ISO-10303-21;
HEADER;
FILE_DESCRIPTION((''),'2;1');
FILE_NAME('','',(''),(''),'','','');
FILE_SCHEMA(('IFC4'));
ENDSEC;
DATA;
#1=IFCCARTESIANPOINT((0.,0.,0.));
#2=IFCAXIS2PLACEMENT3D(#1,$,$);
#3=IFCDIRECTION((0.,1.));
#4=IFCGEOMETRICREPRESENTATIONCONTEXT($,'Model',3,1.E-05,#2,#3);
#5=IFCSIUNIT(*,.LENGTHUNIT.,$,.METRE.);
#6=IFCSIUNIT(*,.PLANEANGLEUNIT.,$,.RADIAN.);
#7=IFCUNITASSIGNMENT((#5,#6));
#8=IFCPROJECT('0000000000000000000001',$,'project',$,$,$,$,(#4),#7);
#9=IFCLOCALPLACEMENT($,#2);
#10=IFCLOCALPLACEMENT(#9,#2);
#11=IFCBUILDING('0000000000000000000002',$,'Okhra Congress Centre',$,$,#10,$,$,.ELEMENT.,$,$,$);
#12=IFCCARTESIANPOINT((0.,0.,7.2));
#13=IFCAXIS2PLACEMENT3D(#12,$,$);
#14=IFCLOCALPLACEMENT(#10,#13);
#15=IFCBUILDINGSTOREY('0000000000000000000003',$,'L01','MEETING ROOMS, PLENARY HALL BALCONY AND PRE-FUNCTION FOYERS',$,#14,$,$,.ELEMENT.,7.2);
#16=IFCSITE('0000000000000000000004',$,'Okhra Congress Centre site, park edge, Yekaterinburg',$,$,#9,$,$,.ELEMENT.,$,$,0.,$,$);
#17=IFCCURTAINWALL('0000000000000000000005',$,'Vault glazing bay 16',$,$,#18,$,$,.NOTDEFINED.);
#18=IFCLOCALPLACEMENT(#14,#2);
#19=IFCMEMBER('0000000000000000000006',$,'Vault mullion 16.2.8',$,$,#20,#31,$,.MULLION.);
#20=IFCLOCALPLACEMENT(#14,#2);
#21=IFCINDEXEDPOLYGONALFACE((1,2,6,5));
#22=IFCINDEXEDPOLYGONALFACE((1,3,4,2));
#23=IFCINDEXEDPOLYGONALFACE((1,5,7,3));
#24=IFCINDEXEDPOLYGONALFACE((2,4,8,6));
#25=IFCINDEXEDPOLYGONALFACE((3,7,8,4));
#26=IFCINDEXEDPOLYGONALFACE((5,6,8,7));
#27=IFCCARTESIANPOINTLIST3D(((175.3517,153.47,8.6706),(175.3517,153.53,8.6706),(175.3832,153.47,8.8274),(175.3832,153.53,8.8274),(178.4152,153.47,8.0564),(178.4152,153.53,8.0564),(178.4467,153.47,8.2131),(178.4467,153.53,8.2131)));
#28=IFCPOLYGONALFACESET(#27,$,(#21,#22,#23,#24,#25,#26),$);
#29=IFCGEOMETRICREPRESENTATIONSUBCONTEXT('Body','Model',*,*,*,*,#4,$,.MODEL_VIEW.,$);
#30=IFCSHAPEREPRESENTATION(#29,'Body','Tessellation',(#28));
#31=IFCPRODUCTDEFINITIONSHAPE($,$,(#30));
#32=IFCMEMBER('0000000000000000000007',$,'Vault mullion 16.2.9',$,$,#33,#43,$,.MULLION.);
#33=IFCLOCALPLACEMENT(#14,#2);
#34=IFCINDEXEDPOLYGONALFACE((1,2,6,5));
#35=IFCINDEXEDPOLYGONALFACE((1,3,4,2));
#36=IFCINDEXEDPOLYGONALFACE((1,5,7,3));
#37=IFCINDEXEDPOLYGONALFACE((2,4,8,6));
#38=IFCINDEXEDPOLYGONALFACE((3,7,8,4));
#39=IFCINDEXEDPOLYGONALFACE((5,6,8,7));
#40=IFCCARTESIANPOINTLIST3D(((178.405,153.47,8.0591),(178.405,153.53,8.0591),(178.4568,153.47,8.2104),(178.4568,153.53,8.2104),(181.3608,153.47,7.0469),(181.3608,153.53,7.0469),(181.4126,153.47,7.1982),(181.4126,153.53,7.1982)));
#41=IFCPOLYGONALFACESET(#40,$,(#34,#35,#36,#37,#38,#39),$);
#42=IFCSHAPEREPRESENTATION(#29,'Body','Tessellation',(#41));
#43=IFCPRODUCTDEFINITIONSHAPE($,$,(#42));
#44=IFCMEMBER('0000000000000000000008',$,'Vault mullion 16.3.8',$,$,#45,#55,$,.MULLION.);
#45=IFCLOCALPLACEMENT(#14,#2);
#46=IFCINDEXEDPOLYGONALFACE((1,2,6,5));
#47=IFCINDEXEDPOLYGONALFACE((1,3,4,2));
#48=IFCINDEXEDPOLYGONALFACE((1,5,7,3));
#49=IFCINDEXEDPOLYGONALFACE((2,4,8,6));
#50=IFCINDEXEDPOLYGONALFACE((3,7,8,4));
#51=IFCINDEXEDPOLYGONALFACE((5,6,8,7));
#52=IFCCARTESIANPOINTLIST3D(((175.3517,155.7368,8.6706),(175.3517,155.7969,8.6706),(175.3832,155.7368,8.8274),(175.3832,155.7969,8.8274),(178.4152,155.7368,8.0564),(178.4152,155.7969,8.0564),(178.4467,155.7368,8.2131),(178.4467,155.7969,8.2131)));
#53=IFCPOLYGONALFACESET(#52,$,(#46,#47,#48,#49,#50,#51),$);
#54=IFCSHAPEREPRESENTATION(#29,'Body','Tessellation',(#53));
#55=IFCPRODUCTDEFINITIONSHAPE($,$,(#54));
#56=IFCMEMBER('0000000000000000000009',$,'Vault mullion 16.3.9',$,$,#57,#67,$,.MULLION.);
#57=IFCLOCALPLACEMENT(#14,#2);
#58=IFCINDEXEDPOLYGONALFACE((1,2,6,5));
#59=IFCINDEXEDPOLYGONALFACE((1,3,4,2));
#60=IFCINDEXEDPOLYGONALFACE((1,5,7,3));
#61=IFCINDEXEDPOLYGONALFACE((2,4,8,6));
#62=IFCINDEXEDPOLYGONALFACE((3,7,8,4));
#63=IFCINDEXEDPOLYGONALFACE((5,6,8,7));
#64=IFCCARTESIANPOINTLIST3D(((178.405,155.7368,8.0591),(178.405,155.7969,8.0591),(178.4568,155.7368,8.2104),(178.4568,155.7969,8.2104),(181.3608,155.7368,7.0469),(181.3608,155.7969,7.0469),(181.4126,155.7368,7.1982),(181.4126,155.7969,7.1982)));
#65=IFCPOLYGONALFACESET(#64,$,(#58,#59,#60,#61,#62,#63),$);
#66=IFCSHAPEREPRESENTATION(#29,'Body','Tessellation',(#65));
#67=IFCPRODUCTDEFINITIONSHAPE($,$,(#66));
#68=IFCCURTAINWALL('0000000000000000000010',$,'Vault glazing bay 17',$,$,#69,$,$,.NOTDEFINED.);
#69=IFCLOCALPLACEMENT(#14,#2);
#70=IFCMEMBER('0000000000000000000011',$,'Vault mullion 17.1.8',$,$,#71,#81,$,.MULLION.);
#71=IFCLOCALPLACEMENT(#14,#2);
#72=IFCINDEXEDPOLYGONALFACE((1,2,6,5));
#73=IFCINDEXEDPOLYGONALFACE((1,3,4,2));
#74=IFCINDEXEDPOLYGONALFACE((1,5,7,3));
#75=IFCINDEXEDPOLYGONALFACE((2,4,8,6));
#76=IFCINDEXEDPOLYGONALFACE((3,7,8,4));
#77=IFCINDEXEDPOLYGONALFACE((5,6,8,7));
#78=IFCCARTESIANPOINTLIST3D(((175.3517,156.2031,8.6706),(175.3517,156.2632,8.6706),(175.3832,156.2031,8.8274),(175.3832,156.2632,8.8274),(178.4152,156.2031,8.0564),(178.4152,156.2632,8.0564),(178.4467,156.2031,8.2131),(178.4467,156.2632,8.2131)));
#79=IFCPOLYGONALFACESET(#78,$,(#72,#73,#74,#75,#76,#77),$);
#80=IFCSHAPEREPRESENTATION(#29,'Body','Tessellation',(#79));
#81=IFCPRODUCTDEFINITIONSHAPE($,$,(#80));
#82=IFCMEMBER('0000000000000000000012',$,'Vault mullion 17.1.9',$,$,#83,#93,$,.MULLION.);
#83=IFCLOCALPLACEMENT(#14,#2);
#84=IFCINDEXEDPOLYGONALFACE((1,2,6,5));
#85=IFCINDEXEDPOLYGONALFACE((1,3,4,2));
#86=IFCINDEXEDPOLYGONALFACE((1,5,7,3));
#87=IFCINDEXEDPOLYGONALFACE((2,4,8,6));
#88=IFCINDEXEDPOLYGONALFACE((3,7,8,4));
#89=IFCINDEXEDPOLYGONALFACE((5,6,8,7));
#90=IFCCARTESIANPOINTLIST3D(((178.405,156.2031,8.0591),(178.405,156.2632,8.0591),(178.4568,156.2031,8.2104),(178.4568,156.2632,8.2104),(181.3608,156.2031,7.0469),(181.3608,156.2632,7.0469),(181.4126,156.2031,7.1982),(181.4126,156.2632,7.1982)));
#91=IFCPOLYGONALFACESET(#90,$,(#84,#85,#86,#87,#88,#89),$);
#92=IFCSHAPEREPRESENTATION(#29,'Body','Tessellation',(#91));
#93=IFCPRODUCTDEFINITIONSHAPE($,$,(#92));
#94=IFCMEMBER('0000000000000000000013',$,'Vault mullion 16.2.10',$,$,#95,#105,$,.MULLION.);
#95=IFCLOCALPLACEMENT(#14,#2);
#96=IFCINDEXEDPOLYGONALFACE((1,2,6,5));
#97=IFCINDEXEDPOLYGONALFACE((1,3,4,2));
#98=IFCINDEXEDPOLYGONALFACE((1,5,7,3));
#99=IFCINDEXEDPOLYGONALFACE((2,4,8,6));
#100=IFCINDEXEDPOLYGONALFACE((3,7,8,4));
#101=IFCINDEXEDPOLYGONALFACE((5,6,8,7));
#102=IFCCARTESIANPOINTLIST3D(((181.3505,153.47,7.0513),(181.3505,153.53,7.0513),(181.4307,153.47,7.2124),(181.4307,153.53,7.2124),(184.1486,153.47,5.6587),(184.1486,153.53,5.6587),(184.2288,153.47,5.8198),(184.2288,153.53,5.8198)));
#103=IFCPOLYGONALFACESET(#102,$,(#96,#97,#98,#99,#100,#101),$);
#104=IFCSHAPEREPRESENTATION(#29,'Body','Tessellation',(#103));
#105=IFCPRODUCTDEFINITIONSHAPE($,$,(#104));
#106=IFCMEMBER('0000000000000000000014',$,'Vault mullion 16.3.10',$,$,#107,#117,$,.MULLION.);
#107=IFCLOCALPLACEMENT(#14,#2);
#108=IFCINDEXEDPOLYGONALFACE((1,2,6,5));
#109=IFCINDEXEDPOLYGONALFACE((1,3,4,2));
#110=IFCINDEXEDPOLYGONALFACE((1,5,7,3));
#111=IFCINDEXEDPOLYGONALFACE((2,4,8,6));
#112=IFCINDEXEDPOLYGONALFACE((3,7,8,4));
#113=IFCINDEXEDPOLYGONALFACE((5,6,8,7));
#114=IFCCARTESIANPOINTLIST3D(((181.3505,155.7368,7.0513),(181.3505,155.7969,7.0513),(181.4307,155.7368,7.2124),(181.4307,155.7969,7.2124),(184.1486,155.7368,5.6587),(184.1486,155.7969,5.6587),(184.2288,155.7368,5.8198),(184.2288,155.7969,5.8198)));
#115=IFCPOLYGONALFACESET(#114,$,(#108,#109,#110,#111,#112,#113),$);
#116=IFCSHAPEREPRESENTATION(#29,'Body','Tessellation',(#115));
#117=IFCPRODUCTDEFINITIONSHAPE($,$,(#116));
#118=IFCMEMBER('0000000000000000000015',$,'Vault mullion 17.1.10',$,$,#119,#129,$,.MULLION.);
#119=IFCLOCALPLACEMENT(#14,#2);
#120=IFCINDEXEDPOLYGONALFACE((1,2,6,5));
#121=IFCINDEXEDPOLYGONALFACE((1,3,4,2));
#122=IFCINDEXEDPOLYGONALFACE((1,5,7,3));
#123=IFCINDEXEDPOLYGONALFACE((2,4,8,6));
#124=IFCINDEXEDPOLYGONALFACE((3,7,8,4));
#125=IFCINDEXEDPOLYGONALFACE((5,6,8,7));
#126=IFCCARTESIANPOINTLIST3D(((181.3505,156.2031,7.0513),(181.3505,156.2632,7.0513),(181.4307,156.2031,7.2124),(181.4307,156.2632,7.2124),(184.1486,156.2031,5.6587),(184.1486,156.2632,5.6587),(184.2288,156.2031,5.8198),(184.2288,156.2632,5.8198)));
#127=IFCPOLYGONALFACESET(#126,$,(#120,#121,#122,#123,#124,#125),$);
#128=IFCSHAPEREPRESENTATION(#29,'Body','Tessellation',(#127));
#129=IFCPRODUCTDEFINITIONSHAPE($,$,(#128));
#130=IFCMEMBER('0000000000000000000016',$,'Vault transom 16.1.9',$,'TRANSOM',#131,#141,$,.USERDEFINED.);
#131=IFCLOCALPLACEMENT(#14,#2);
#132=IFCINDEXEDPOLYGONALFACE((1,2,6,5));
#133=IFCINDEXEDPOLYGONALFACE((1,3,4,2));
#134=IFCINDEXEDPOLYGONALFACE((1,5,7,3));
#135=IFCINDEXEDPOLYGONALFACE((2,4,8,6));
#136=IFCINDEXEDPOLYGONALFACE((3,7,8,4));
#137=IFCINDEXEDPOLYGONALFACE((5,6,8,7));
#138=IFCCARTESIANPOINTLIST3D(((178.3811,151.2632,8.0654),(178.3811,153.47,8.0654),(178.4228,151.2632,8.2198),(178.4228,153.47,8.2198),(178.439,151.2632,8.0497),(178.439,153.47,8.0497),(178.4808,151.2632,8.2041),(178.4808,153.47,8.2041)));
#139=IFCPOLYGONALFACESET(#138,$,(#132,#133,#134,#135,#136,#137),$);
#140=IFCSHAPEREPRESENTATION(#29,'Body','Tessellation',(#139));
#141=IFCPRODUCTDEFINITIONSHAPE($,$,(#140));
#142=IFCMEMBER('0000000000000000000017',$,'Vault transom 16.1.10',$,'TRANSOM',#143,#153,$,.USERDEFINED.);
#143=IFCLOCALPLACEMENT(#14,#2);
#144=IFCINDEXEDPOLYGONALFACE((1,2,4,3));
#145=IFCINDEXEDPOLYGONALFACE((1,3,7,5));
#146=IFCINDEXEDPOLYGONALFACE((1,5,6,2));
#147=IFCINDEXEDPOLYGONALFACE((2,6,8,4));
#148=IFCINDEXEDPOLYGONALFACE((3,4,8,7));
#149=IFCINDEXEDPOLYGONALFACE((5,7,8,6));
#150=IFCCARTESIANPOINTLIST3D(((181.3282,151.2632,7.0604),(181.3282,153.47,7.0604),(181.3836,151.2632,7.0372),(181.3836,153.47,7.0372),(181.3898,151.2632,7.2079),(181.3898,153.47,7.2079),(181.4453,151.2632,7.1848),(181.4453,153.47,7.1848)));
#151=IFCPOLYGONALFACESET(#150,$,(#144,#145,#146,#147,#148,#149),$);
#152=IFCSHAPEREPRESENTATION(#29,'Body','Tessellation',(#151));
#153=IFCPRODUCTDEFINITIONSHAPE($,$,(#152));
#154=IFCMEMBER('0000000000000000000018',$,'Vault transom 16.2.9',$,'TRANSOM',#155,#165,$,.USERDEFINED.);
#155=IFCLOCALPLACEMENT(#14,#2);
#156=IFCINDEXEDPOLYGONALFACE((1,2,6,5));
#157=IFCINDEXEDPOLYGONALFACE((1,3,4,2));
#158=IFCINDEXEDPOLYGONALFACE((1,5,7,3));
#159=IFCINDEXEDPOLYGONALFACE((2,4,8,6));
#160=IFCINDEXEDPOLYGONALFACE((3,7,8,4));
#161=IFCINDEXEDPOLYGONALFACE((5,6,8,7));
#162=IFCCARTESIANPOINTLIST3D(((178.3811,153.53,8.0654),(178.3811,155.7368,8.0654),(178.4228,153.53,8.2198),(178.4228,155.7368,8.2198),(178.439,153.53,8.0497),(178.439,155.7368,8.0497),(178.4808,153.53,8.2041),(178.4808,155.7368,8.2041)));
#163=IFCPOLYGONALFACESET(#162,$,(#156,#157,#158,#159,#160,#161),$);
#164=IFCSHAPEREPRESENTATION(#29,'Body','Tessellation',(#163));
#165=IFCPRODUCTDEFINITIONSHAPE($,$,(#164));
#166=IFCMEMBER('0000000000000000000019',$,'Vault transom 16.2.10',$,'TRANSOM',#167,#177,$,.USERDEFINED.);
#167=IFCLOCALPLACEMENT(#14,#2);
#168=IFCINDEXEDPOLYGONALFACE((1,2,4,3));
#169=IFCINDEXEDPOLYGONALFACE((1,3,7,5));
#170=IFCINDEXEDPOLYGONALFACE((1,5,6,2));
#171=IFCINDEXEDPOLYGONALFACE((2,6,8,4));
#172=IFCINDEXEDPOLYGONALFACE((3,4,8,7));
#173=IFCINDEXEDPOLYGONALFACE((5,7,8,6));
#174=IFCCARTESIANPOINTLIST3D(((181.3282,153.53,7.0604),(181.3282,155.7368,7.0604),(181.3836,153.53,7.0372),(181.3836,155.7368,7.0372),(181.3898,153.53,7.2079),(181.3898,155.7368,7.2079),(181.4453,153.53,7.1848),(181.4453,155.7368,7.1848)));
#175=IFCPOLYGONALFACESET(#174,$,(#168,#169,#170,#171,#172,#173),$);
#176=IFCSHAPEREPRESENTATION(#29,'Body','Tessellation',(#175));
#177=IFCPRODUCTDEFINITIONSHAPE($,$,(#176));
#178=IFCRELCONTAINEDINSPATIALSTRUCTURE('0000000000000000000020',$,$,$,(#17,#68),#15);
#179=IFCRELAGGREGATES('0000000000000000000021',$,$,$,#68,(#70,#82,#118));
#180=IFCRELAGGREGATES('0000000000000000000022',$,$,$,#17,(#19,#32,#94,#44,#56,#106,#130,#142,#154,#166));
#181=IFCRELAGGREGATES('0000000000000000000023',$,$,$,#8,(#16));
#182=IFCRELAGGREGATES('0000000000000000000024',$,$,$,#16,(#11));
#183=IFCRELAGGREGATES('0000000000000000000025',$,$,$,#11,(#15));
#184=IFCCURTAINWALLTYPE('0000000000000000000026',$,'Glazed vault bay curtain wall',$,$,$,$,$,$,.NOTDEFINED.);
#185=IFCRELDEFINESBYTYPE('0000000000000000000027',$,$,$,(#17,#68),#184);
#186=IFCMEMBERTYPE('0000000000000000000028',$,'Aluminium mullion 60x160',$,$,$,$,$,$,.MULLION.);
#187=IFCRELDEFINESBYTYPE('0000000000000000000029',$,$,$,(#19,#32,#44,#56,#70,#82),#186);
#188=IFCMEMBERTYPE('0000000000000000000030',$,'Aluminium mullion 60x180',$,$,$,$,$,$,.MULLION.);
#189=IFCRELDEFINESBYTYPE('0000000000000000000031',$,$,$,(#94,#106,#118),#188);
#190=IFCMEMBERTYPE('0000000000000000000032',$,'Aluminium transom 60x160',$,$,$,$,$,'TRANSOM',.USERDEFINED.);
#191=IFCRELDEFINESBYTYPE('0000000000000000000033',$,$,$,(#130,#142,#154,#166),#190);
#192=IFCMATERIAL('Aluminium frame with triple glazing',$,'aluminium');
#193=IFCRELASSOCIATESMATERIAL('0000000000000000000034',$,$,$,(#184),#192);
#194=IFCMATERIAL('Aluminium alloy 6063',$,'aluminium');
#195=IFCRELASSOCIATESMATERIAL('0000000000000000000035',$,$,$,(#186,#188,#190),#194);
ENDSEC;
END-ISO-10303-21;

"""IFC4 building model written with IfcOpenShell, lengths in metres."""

from ifc_helpers import new_model, si_unit, direction, frame, origin, origin_2d, place, context, subcontext, project, spatial, rectangle, extrude, material, material_profile, profile_set, type_object, element, aggregate, save


model = new_model("IFC4")

# Units and contexts
model_context = context("Model", 3, precision=1e-05, world=origin(), true_north=direction((0.0, 1.0)))
body_context = subcontext(model_context, "Body", "Model", "MODEL_VIEW")
ifc_project = project(units=[si_unit("LENGTHUNIT", "METRE"), si_unit("PLANEANGLEUNIT", "RADIAN")], contexts=[model_context])

# Site, building, storey
site_placement = place(None, origin())
site = spatial("IfcSite", under=ifc_project, at=site_placement, Name="Okhra Congress Centre site, park edge, Yekaterinburg", CompositionType="ELEMENT", RefElevation=0.0)
building_placement = place(site_placement, origin())
building = spatial("IfcBuilding", under=site, at=building_placement, Name="Okhra Congress Centre", CompositionType="ELEMENT")
storey_placement = place(building_placement, frame((0.0, 0.0, 7.2)))
storey = spatial("IfcBuildingStorey", under=building, at=storey_placement, Name="L01", Description="MEETING ROOMS, PLENARY HALL BALCONY AND PRE-FUNCTION FOYERS", CompositionType="ELEMENT", Elevation=7.2)

# Curtain walls, members
ifc_material_1 = material(Name="Aluminium frame with triple glazing", Category="aluminium")
curtain_wall_type = type_object("IfcCurtainWallType", Name="Glazed vault bay curtain wall", PredefinedType="NOTDEFINED", material=ifc_material_1)
curtain_wall_1_placement = place(storey_placement, origin())
curtain_wall_1 = element("IfcCurtainWall", 1, at=curtain_wall_1_placement, inside=storey, type_object=curtain_wall_type, Name="Vault glazing bay 16", PredefinedType="NOTDEFINED")
ifc_material_2 = material(Name="Aluminium alloy 6063", Category="aluminium")
ifc_material_profile_1 = material_profile(ifc_material_2, rectangle(XDim=0.0601, YDim=0.1599, at=origin_2d()), Name="AL 60x160")
ifc_profile_set_1 = profile_set([ifc_material_profile_1], Name="Aluminium alloy 6063")
member_type_1 = type_object("IfcMemberType", Name="Aluminium mullion 60x160", PredefinedType="MULLION", material=ifc_profile_set_1)
member_1_placement = place(storey_placement, frame((175.3674, 153.5, 8.749), z_axis=(0.980484, 0.0, -0.196597), x_axis=(0.0, 1.0, 0.0)))
member_1 = element("IfcMember", 2, at=member_1_placement, type_object=member_type_1, Name="Vault mullion 16.2.8", PredefinedType="MULLION", context=body_context, shape_type="SweptSolid", body=[
    extrude(rectangle(XDim=0.0601, YDim=0.1599, at=origin_2d()), origin(), (0.0, 0.0, 1.0), 3.1245),
])
member_2_placement = place(storey_placement, frame((178.4309, 153.5, 8.1348), z_axis=(0.946065, 0.0, -0.323977), x_axis=(0.0, 1.0, 0.0)))
member_2 = element("IfcMember", 3, at=member_2_placement, type_object=member_type_1, Name="Vault mullion 16.2.9", PredefinedType="MULLION", context=body_context, shape_type="SweptSolid", body=[
    extrude(rectangle(XDim=0.0601, YDim=0.1599, at=origin_2d()), origin(), (0.0, 0.0, 1.0), 3.1243),
])
member_3_placement = place(storey_placement, frame((175.3674, 155.7668, 8.749), z_axis=(0.980484, 0.0, -0.196597), x_axis=(0.0, 1.0, 0.0)))
member_3 = element("IfcMember", 4, at=member_3_placement, type_object=member_type_1, Name="Vault mullion 16.3.8", PredefinedType="MULLION", context=body_context, shape_type="SweptSolid", body=[
    extrude(rectangle(XDim=0.0601, YDim=0.1599, at=origin_2d()), origin(), (0.0, 0.0, 1.0), 3.1245),
])
member_4_placement = place(storey_placement, frame((178.4309, 155.7668, 8.1348), z_axis=(0.946065, 0.0, -0.323977), x_axis=(0.0, 1.0, 0.0)))
member_4 = element("IfcMember", 5, at=member_4_placement, type_object=member_type_1, Name="Vault mullion 16.3.9", PredefinedType="MULLION", context=body_context, shape_type="SweptSolid", body=[
    extrude(rectangle(XDim=0.0601, YDim=0.1599, at=origin_2d()), origin(), (0.0, 0.0, 1.0), 3.1243),
])
curtain_wall_2_placement = place(storey_placement, origin())
curtain_wall_2 = element("IfcCurtainWall", 6, at=curtain_wall_2_placement, inside=storey, type_object=curtain_wall_type, Name="Vault glazing bay 17", PredefinedType="NOTDEFINED")
member_5_placement = place(storey_placement, frame((175.3674, 156.2332, 8.749), z_axis=(0.980484, 0.0, -0.196597), x_axis=(0.0, 1.0, 0.0)))
member_5 = element("IfcMember", 7, at=member_5_placement, type_object=member_type_1, Name="Vault mullion 17.1.8", PredefinedType="MULLION", context=body_context, shape_type="SweptSolid", body=[
    extrude(rectangle(XDim=0.0601, YDim=0.1599, at=origin_2d()), origin(), (0.0, 0.0, 1.0), 3.1245),
])
member_6_placement = place(storey_placement, frame((178.4309, 156.2332, 8.1348), z_axis=(0.946065, 0.0, -0.323977), x_axis=(0.0, 1.0, 0.0)))
member_6 = element("IfcMember", 8, at=member_6_placement, type_object=member_type_1, Name="Vault mullion 17.1.9", PredefinedType="MULLION", context=body_context, shape_type="SweptSolid", body=[
    extrude(rectangle(XDim=0.0601, YDim=0.1599, at=origin_2d()), origin(), (0.0, 0.0, 1.0), 3.1243),
])

# Members
ifc_material_profile_2 = material_profile(ifc_material_2, rectangle(XDim=0.0601, YDim=0.1799, at=origin_2d()), Name="AL 60x180")
ifc_profile_set_2 = profile_set([ifc_material_profile_2], Name="Aluminium alloy 6063")
member_type_2 = type_object("IfcMemberType", Name="Aluminium mullion 60x180", PredefinedType="MULLION", material=ifc_profile_set_2)
member_7_placement = place(storey_placement, frame((181.3906, 153.5, 7.1318), z_axis=(0.895254, 0.0, -0.445557), x_axis=(0.0, 1.0, 0.0)))
member_7 = element("IfcMember", 9, at=member_7_placement, type_object=member_type_2, Name="Vault mullion 16.2.10", PredefinedType="MULLION", context=body_context, shape_type="SweptSolid", body=[
    extrude(rectangle(XDim=0.0601, YDim=0.1799, at=origin_2d()), origin(), (0.0, 0.0, 1.0), 3.1255),
])
member_8_placement = place(storey_placement, frame((181.3906, 155.7668, 7.1318), z_axis=(0.895254, 0.0, -0.445557), x_axis=(0.0, 1.0, 0.0)))
member_8 = element("IfcMember", 10, at=member_8_placement, type_object=member_type_2, Name="Vault mullion 16.3.10", PredefinedType="MULLION", context=body_context, shape_type="SweptSolid", body=[
    extrude(rectangle(XDim=0.0601, YDim=0.1799, at=origin_2d()), origin(), (0.0, 0.0, 1.0), 3.1255),
])
member_9_placement = place(storey_placement, frame((181.3906, 156.2332, 7.1318), z_axis=(0.895254, 0.0, -0.445557), x_axis=(0.0, 1.0, 0.0)))
member_9 = element("IfcMember", 11, at=member_9_placement, type_object=member_type_2, Name="Vault mullion 17.1.10", PredefinedType="MULLION", context=body_context, shape_type="SweptSolid", body=[
    extrude(rectangle(XDim=0.0601, YDim=0.1799, at=origin_2d()), origin(), (0.0, 0.0, 1.0), 3.1255),
])
aggregate(curtain_wall_2, [member_5, member_6, member_9])
ifc_material_profile_3 = material_profile(ifc_material_2, rectangle(XDim=0.0601, YDim=0.1599, at=origin_2d()), Name="AL 60x160 transom")
ifc_profile_set_3 = profile_set([ifc_material_profile_3], Name="Aluminium alloy 6063")
member_type_3 = type_object("IfcMemberType", Name="Aluminium transom 60x160", ElementType="TRANSOM", PredefinedType="USERDEFINED", material=ifc_profile_set_3)
member_10_placement = place(storey_placement, frame((178.4309, 151.2632, 8.1348), z_axis=(0.0, 1.0, 0.0), x_axis=(-0.96538, 0.0, 0.260848)))
member_10 = element("IfcMember", 12, at=member_10_placement, type_object=member_type_3, Name="Vault transom 16.1.9", ObjectType="TRANSOM", PredefinedType="USERDEFINED", context=body_context, shape_type="SweptSolid", body=[
    extrude(rectangle(XDim=0.0601, YDim=0.1599, at=origin_2d()), origin(), (0.0, 0.0, 1.0), 2.2068),
])
member_11_placement = place(storey_placement, frame((181.3867, 151.2632, 7.1226), z_axis=(0.0, 1.0, 0.0), x_axis=(-0.922669, 0.0, 0.385593)))
member_11 = element("IfcMember", 13, at=member_11_placement, type_object=member_type_3, Name="Vault transom 16.1.10", ObjectType="TRANSOM", PredefinedType="USERDEFINED", context=body_context, shape_type="SweptSolid", body=[
    extrude(rectangle(XDim=0.0601, YDim=0.1599, at=origin_2d()), origin(), (0.0, 0.0, 1.0), 2.2068),
])
member_12_placement = place(storey_placement, frame((178.4309, 153.53, 8.1348), z_axis=(0.0, 1.0, 0.0), x_axis=(-0.96538, 0.0, 0.260848)))
member_12 = element("IfcMember", 14, at=member_12_placement, type_object=member_type_3, Name="Vault transom 16.2.9", ObjectType="TRANSOM", PredefinedType="USERDEFINED", context=body_context, shape_type="SweptSolid", body=[
    extrude(rectangle(XDim=0.0601, YDim=0.1599, at=origin_2d()), origin(), (0.0, 0.0, 1.0), 2.2068),
])
member_13_placement = place(storey_placement, frame((181.3867, 153.53, 7.1226), z_axis=(0.0, 1.0, 0.0), x_axis=(-0.922669, 0.0, 0.385593)))
member_13 = element("IfcMember", 15, at=member_13_placement, type_object=member_type_3, Name="Vault transom 16.2.10", ObjectType="TRANSOM", PredefinedType="USERDEFINED", context=body_context, shape_type="SweptSolid", body=[
    extrude(rectangle(XDim=0.0601, YDim=0.1599, at=origin_2d()), origin(), (0.0, 0.0, 1.0), 2.2068),
])

aggregate(curtain_wall_1, [member_1, member_2, member_7, member_3, member_4, member_8, member_10, member_11, member_12, member_13])

save(model, "model.ifc")
